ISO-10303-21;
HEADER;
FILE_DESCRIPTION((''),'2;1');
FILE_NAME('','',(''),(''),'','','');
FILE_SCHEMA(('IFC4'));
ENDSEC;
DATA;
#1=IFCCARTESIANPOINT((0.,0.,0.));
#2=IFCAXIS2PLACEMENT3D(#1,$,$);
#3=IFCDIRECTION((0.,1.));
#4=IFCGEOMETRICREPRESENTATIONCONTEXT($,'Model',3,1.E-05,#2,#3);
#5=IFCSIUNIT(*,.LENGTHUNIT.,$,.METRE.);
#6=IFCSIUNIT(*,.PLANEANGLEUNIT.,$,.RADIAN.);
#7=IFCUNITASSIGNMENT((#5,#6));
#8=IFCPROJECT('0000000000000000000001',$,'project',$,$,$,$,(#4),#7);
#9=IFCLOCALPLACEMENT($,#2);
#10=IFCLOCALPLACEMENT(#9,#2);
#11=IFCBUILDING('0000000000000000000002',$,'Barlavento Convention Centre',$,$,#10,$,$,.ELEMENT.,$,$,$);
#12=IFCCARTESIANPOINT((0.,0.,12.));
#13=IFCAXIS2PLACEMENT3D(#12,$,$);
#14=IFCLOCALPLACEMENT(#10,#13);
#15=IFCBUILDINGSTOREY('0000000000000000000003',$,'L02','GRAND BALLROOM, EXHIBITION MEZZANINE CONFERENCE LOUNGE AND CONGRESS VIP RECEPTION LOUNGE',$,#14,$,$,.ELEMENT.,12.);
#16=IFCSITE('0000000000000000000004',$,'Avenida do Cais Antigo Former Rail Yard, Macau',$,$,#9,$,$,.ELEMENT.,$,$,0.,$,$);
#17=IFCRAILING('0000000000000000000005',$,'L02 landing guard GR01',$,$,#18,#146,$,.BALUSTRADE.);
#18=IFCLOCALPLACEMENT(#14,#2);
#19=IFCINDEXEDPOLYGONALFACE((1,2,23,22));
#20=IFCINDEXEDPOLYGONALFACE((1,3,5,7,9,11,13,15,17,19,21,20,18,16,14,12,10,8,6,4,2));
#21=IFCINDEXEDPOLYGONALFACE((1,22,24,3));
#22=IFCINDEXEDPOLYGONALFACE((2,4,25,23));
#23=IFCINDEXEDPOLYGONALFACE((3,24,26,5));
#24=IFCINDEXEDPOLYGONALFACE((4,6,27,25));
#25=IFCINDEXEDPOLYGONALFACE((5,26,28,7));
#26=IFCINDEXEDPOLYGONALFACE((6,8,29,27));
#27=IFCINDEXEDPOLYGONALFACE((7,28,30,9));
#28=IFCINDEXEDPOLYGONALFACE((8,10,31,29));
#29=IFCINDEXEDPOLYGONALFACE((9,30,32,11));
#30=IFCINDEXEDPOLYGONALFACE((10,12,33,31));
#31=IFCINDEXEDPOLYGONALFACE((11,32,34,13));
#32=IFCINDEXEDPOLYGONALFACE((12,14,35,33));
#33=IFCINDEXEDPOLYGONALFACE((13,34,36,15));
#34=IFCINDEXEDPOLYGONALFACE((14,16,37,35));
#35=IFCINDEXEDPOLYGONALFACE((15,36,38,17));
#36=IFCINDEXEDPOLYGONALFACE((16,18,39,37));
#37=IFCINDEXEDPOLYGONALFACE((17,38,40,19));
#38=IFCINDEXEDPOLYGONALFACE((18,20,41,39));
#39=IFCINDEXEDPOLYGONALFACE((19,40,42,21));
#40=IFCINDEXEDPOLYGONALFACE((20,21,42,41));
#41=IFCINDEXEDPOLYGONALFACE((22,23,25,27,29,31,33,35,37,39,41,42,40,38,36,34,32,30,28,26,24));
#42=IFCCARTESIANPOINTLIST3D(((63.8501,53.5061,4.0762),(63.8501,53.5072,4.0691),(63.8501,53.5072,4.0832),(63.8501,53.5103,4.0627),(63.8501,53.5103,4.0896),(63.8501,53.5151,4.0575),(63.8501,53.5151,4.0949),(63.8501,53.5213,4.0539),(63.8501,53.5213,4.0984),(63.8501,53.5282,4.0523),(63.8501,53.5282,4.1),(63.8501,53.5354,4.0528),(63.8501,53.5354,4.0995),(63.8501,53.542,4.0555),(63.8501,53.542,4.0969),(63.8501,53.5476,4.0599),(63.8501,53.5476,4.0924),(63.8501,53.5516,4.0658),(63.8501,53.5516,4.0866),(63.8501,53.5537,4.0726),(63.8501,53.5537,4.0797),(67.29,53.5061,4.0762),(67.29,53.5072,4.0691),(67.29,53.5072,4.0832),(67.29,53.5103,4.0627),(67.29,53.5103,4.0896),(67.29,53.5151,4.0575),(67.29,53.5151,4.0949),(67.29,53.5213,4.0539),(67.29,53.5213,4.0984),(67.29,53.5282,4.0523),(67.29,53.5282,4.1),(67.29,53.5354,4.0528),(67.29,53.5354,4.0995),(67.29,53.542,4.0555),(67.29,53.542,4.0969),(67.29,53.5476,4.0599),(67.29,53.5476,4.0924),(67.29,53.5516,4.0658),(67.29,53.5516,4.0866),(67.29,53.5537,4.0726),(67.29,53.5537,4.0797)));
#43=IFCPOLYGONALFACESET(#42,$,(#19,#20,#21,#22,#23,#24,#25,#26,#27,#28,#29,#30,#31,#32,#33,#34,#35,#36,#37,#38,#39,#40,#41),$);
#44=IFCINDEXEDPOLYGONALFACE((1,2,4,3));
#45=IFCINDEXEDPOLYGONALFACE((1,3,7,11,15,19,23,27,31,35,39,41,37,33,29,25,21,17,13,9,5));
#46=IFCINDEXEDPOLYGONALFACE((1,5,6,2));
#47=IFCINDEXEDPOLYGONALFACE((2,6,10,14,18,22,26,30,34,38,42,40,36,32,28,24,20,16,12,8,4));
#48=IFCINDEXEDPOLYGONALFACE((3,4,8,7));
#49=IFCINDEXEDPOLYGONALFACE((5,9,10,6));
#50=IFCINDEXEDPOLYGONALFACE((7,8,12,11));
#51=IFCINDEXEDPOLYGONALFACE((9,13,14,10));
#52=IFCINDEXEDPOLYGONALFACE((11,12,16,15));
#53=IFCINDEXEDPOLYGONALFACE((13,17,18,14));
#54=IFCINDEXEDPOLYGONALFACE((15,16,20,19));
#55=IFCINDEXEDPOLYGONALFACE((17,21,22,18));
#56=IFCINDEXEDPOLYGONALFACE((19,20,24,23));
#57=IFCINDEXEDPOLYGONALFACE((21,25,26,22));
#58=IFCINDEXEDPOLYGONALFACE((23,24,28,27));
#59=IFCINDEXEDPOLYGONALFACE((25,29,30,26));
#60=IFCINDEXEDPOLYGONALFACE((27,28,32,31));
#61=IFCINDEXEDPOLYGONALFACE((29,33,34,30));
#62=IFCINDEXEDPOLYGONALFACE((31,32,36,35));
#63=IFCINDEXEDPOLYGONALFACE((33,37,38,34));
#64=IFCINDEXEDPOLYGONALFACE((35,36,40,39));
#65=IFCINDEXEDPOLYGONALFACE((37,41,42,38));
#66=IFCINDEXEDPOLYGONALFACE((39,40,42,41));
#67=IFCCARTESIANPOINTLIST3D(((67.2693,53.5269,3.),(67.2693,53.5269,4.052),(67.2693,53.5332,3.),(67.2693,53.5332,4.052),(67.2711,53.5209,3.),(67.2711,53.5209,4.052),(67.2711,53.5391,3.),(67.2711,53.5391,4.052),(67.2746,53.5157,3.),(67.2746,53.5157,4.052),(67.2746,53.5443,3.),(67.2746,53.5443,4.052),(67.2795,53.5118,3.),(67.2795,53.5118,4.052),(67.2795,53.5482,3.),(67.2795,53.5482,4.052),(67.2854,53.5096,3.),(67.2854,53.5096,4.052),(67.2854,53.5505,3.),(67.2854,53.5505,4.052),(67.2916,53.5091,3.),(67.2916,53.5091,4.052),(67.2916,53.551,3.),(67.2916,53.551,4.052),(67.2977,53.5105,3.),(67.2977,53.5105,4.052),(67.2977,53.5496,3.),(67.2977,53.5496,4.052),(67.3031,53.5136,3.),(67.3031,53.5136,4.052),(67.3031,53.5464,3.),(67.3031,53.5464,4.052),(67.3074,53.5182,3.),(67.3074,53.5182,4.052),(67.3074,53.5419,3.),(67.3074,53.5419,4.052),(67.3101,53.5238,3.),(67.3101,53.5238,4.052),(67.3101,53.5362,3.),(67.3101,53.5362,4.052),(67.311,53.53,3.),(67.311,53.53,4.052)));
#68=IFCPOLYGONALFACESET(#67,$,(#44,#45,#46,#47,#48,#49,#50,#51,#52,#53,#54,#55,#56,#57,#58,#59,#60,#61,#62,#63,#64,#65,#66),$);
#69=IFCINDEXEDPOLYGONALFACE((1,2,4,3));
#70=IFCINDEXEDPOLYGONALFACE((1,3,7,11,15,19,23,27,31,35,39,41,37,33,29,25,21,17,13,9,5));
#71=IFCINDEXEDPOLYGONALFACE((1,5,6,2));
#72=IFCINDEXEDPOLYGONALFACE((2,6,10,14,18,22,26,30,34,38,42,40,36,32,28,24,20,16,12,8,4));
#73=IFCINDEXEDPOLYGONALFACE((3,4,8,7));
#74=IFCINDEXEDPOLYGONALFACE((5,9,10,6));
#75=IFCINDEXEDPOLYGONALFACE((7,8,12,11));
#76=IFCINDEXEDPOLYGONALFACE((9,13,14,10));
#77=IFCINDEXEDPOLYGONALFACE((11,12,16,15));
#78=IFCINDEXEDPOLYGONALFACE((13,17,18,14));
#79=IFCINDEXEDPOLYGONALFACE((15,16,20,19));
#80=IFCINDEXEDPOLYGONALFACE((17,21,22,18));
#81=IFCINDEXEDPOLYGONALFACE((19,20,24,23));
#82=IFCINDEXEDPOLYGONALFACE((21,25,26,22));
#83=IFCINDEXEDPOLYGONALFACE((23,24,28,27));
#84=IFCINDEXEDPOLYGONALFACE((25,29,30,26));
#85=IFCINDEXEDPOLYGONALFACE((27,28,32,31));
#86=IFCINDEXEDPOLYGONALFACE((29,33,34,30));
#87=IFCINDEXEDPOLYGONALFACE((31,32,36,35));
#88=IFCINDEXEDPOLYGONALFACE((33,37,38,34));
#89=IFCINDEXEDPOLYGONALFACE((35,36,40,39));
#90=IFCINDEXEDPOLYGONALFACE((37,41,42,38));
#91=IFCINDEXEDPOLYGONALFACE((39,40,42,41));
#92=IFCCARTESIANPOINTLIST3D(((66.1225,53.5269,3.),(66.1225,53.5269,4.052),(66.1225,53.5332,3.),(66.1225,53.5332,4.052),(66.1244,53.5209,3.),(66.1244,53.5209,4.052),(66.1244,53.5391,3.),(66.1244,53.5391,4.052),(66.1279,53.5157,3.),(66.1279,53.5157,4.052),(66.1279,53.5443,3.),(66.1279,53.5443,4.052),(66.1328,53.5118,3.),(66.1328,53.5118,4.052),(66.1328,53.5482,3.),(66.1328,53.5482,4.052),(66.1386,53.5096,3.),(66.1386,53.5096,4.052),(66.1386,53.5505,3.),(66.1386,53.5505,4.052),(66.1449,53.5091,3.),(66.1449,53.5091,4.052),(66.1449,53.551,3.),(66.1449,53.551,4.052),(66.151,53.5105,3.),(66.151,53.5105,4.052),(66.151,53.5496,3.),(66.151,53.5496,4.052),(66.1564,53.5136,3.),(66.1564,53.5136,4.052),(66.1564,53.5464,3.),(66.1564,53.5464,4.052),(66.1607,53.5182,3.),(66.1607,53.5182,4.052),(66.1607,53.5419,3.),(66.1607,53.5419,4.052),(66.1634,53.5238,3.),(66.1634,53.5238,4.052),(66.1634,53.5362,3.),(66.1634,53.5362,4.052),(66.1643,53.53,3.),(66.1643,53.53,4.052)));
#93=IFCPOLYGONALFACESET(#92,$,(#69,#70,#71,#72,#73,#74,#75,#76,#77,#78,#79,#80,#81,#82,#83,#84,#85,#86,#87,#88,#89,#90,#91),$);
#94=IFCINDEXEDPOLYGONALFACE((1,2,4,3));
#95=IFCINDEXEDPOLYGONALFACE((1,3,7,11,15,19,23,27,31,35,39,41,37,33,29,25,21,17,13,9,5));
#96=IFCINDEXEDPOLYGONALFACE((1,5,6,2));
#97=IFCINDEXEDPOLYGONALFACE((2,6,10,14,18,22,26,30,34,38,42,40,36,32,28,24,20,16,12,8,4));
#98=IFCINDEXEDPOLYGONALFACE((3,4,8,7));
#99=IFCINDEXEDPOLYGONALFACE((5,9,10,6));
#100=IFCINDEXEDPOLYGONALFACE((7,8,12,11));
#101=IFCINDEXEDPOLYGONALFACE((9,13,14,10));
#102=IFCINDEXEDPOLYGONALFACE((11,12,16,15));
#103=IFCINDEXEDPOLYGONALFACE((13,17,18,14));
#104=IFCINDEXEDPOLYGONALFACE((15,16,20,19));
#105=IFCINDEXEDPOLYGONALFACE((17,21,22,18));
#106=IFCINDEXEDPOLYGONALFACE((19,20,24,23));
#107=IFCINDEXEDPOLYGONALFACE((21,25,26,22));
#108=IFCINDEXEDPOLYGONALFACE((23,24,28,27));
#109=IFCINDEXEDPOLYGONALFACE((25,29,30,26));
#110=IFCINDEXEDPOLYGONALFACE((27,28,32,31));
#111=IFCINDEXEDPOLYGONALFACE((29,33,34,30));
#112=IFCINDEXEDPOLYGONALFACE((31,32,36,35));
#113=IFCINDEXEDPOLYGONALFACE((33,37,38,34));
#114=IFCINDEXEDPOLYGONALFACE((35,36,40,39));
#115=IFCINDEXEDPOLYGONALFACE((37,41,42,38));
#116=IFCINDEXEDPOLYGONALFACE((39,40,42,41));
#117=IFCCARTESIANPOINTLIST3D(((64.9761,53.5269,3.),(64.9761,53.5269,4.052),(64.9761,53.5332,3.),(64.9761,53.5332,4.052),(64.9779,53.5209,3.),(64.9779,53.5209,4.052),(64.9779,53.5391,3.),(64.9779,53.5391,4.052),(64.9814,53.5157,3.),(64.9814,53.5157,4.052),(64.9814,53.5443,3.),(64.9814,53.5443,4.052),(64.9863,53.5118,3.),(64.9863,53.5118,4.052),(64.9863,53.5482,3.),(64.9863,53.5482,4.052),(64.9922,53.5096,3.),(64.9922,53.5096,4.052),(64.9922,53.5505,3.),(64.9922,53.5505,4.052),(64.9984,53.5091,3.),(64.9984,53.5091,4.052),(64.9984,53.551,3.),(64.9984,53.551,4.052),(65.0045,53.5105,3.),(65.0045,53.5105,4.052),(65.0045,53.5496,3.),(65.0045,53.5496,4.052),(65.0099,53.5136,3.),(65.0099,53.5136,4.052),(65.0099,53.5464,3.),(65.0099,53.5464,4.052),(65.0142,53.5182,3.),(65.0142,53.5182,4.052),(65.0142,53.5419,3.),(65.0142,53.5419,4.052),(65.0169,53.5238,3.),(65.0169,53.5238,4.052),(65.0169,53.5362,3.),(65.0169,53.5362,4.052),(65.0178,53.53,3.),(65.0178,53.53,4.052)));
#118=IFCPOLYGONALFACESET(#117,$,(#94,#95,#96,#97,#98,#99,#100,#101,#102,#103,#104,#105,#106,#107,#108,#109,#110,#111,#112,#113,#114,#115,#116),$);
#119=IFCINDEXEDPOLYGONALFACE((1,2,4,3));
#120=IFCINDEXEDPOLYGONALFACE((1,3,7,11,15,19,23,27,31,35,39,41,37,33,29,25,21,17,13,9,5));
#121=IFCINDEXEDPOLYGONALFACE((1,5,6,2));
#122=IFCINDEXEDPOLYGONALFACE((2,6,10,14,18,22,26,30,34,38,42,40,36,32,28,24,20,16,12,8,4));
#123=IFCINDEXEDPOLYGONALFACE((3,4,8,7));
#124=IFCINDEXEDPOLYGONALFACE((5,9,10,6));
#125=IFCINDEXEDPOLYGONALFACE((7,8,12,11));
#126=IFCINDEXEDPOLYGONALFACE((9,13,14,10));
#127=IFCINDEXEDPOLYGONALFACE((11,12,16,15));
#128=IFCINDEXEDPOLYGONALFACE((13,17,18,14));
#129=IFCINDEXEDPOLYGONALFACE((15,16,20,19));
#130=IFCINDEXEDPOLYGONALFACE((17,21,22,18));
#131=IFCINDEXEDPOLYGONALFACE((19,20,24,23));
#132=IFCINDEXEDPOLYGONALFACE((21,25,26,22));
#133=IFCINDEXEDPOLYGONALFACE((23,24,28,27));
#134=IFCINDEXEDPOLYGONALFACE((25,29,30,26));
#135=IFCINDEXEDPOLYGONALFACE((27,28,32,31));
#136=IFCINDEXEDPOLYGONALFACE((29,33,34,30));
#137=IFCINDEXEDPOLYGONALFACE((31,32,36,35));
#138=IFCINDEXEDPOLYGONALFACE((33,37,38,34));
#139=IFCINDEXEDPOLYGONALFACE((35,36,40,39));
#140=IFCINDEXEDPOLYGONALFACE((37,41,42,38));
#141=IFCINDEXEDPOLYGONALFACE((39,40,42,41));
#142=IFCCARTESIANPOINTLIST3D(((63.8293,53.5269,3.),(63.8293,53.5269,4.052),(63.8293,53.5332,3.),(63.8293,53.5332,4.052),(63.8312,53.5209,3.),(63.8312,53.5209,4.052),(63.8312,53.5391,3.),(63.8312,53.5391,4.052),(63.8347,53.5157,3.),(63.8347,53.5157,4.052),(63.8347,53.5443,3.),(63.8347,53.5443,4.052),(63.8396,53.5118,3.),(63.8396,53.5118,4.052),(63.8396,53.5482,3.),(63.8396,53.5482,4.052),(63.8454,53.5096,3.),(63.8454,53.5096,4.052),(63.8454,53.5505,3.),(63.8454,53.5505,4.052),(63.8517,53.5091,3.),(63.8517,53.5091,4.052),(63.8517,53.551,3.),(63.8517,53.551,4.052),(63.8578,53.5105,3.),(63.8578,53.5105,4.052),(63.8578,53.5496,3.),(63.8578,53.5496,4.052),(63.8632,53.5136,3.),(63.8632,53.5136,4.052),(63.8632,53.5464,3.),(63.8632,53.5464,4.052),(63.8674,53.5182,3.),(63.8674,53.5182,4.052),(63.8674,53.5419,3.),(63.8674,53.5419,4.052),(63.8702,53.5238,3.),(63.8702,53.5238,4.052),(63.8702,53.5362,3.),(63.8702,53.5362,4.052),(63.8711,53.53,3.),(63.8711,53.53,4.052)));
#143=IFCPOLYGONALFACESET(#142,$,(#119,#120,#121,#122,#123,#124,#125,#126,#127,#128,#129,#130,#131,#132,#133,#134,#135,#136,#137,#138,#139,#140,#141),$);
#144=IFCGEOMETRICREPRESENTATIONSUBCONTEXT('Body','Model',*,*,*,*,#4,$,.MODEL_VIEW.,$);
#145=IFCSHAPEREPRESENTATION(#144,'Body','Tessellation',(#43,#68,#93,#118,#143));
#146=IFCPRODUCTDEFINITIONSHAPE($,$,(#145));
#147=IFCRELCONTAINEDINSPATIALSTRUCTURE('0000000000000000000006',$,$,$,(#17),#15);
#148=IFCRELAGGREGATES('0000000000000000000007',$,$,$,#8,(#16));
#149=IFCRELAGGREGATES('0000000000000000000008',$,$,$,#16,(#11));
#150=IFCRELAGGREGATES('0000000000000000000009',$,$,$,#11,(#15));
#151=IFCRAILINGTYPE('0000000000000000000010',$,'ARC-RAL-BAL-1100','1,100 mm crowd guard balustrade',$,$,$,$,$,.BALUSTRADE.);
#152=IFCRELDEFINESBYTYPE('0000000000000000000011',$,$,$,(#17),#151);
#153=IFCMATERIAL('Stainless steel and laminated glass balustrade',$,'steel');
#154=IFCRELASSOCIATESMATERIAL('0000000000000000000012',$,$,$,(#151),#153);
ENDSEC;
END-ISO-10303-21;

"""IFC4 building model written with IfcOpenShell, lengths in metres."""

from ifc_helpers import new_model, si_unit, direction, frame, origin, origin_2d, place, context, subcontext, project, spatial, circle, extrude, material, type_object, element, save


model = new_model("IFC4")

# Units and contexts
model_context = context("Model", 3, precision=1e-05, world=origin(), true_north=direction((0.0, 1.0)))
body_context = subcontext(model_context, "Body", "Model", "MODEL_VIEW")
ifc_project = project(units=[si_unit("LENGTHUNIT", "METRE"), si_unit("PLANEANGLEUNIT", "RADIAN")], contexts=[model_context])

# Site, building, storey
site_placement = place(None, origin())
site = spatial("IfcSite", under=ifc_project, at=site_placement, Name="Avenida do Cais Antigo Former Rail Yard, Macau", CompositionType="ELEMENT", RefElevation=0.0)
building_placement = place(site_placement, origin())
building = spatial("IfcBuilding", under=site, at=building_placement, Name="Barlavento Convention Centre", CompositionType="ELEMENT")
storey_placement = place(building_placement, frame((0.0, 0.0, 12.0)))
storey = spatial("IfcBuildingStorey", under=building, at=storey_placement, Name="L02", Description="GRAND BALLROOM, EXHIBITION MEZZANINE CONFERENCE LOUNGE AND CONGRESS VIP RECEPTION LOUNGE", CompositionType="ELEMENT", Elevation=12.0)

# Railing
ifc_material_1 = material(Name="Stainless steel and laminated glass balustrade", Category="steel")
railing_type_1 = type_object("IfcRailingType", Name="ARC-RAL-BAL-1100", Description="1,100 mm crowd guard balustrade", PredefinedType="BALUSTRADE", material=ifc_material_1)
railing_1_placement = place(storey_placement, frame((67.29, 53.53, 3.0)))
element("IfcRailing", 1, at=railing_1_placement, inside=storey, type_object=railing_type_1, Name="L02 landing guard GR01", PredefinedType="BALUSTRADE", context=body_context, shape_type="SweptSolid", body=[
    extrude(circle(Radius=0.0239, at=origin_2d()), frame((0.0, 0.0, 1.0762), z_axis=(-1.0, 0.0, 0.0), x_axis=(0.0, -1.0, 0.0)), (0.0, 0.0, 1.0), 3.4399),
    extrude(circle(Radius=0.021, at=origin_2d()), origin(), (0.0, 0.0, 1.0), 1.052),
    extrude(circle(Radius=0.021, at=origin_2d()), frame((-1.1467, 0.0, 0.0)), (0.0, 0.0, 1.0), 1.052),
    extrude(circle(Radius=0.021, at=origin_2d()), frame((-2.2932, 0.0, 0.0)), (0.0, 0.0, 1.0), 1.052),
    extrude(circle(Radius=0.021, at=origin_2d()), frame((-3.4399, 0.0, 0.0)), (0.0, 0.0, 1.0), 1.052),
])

save(model, "model.ifc")
